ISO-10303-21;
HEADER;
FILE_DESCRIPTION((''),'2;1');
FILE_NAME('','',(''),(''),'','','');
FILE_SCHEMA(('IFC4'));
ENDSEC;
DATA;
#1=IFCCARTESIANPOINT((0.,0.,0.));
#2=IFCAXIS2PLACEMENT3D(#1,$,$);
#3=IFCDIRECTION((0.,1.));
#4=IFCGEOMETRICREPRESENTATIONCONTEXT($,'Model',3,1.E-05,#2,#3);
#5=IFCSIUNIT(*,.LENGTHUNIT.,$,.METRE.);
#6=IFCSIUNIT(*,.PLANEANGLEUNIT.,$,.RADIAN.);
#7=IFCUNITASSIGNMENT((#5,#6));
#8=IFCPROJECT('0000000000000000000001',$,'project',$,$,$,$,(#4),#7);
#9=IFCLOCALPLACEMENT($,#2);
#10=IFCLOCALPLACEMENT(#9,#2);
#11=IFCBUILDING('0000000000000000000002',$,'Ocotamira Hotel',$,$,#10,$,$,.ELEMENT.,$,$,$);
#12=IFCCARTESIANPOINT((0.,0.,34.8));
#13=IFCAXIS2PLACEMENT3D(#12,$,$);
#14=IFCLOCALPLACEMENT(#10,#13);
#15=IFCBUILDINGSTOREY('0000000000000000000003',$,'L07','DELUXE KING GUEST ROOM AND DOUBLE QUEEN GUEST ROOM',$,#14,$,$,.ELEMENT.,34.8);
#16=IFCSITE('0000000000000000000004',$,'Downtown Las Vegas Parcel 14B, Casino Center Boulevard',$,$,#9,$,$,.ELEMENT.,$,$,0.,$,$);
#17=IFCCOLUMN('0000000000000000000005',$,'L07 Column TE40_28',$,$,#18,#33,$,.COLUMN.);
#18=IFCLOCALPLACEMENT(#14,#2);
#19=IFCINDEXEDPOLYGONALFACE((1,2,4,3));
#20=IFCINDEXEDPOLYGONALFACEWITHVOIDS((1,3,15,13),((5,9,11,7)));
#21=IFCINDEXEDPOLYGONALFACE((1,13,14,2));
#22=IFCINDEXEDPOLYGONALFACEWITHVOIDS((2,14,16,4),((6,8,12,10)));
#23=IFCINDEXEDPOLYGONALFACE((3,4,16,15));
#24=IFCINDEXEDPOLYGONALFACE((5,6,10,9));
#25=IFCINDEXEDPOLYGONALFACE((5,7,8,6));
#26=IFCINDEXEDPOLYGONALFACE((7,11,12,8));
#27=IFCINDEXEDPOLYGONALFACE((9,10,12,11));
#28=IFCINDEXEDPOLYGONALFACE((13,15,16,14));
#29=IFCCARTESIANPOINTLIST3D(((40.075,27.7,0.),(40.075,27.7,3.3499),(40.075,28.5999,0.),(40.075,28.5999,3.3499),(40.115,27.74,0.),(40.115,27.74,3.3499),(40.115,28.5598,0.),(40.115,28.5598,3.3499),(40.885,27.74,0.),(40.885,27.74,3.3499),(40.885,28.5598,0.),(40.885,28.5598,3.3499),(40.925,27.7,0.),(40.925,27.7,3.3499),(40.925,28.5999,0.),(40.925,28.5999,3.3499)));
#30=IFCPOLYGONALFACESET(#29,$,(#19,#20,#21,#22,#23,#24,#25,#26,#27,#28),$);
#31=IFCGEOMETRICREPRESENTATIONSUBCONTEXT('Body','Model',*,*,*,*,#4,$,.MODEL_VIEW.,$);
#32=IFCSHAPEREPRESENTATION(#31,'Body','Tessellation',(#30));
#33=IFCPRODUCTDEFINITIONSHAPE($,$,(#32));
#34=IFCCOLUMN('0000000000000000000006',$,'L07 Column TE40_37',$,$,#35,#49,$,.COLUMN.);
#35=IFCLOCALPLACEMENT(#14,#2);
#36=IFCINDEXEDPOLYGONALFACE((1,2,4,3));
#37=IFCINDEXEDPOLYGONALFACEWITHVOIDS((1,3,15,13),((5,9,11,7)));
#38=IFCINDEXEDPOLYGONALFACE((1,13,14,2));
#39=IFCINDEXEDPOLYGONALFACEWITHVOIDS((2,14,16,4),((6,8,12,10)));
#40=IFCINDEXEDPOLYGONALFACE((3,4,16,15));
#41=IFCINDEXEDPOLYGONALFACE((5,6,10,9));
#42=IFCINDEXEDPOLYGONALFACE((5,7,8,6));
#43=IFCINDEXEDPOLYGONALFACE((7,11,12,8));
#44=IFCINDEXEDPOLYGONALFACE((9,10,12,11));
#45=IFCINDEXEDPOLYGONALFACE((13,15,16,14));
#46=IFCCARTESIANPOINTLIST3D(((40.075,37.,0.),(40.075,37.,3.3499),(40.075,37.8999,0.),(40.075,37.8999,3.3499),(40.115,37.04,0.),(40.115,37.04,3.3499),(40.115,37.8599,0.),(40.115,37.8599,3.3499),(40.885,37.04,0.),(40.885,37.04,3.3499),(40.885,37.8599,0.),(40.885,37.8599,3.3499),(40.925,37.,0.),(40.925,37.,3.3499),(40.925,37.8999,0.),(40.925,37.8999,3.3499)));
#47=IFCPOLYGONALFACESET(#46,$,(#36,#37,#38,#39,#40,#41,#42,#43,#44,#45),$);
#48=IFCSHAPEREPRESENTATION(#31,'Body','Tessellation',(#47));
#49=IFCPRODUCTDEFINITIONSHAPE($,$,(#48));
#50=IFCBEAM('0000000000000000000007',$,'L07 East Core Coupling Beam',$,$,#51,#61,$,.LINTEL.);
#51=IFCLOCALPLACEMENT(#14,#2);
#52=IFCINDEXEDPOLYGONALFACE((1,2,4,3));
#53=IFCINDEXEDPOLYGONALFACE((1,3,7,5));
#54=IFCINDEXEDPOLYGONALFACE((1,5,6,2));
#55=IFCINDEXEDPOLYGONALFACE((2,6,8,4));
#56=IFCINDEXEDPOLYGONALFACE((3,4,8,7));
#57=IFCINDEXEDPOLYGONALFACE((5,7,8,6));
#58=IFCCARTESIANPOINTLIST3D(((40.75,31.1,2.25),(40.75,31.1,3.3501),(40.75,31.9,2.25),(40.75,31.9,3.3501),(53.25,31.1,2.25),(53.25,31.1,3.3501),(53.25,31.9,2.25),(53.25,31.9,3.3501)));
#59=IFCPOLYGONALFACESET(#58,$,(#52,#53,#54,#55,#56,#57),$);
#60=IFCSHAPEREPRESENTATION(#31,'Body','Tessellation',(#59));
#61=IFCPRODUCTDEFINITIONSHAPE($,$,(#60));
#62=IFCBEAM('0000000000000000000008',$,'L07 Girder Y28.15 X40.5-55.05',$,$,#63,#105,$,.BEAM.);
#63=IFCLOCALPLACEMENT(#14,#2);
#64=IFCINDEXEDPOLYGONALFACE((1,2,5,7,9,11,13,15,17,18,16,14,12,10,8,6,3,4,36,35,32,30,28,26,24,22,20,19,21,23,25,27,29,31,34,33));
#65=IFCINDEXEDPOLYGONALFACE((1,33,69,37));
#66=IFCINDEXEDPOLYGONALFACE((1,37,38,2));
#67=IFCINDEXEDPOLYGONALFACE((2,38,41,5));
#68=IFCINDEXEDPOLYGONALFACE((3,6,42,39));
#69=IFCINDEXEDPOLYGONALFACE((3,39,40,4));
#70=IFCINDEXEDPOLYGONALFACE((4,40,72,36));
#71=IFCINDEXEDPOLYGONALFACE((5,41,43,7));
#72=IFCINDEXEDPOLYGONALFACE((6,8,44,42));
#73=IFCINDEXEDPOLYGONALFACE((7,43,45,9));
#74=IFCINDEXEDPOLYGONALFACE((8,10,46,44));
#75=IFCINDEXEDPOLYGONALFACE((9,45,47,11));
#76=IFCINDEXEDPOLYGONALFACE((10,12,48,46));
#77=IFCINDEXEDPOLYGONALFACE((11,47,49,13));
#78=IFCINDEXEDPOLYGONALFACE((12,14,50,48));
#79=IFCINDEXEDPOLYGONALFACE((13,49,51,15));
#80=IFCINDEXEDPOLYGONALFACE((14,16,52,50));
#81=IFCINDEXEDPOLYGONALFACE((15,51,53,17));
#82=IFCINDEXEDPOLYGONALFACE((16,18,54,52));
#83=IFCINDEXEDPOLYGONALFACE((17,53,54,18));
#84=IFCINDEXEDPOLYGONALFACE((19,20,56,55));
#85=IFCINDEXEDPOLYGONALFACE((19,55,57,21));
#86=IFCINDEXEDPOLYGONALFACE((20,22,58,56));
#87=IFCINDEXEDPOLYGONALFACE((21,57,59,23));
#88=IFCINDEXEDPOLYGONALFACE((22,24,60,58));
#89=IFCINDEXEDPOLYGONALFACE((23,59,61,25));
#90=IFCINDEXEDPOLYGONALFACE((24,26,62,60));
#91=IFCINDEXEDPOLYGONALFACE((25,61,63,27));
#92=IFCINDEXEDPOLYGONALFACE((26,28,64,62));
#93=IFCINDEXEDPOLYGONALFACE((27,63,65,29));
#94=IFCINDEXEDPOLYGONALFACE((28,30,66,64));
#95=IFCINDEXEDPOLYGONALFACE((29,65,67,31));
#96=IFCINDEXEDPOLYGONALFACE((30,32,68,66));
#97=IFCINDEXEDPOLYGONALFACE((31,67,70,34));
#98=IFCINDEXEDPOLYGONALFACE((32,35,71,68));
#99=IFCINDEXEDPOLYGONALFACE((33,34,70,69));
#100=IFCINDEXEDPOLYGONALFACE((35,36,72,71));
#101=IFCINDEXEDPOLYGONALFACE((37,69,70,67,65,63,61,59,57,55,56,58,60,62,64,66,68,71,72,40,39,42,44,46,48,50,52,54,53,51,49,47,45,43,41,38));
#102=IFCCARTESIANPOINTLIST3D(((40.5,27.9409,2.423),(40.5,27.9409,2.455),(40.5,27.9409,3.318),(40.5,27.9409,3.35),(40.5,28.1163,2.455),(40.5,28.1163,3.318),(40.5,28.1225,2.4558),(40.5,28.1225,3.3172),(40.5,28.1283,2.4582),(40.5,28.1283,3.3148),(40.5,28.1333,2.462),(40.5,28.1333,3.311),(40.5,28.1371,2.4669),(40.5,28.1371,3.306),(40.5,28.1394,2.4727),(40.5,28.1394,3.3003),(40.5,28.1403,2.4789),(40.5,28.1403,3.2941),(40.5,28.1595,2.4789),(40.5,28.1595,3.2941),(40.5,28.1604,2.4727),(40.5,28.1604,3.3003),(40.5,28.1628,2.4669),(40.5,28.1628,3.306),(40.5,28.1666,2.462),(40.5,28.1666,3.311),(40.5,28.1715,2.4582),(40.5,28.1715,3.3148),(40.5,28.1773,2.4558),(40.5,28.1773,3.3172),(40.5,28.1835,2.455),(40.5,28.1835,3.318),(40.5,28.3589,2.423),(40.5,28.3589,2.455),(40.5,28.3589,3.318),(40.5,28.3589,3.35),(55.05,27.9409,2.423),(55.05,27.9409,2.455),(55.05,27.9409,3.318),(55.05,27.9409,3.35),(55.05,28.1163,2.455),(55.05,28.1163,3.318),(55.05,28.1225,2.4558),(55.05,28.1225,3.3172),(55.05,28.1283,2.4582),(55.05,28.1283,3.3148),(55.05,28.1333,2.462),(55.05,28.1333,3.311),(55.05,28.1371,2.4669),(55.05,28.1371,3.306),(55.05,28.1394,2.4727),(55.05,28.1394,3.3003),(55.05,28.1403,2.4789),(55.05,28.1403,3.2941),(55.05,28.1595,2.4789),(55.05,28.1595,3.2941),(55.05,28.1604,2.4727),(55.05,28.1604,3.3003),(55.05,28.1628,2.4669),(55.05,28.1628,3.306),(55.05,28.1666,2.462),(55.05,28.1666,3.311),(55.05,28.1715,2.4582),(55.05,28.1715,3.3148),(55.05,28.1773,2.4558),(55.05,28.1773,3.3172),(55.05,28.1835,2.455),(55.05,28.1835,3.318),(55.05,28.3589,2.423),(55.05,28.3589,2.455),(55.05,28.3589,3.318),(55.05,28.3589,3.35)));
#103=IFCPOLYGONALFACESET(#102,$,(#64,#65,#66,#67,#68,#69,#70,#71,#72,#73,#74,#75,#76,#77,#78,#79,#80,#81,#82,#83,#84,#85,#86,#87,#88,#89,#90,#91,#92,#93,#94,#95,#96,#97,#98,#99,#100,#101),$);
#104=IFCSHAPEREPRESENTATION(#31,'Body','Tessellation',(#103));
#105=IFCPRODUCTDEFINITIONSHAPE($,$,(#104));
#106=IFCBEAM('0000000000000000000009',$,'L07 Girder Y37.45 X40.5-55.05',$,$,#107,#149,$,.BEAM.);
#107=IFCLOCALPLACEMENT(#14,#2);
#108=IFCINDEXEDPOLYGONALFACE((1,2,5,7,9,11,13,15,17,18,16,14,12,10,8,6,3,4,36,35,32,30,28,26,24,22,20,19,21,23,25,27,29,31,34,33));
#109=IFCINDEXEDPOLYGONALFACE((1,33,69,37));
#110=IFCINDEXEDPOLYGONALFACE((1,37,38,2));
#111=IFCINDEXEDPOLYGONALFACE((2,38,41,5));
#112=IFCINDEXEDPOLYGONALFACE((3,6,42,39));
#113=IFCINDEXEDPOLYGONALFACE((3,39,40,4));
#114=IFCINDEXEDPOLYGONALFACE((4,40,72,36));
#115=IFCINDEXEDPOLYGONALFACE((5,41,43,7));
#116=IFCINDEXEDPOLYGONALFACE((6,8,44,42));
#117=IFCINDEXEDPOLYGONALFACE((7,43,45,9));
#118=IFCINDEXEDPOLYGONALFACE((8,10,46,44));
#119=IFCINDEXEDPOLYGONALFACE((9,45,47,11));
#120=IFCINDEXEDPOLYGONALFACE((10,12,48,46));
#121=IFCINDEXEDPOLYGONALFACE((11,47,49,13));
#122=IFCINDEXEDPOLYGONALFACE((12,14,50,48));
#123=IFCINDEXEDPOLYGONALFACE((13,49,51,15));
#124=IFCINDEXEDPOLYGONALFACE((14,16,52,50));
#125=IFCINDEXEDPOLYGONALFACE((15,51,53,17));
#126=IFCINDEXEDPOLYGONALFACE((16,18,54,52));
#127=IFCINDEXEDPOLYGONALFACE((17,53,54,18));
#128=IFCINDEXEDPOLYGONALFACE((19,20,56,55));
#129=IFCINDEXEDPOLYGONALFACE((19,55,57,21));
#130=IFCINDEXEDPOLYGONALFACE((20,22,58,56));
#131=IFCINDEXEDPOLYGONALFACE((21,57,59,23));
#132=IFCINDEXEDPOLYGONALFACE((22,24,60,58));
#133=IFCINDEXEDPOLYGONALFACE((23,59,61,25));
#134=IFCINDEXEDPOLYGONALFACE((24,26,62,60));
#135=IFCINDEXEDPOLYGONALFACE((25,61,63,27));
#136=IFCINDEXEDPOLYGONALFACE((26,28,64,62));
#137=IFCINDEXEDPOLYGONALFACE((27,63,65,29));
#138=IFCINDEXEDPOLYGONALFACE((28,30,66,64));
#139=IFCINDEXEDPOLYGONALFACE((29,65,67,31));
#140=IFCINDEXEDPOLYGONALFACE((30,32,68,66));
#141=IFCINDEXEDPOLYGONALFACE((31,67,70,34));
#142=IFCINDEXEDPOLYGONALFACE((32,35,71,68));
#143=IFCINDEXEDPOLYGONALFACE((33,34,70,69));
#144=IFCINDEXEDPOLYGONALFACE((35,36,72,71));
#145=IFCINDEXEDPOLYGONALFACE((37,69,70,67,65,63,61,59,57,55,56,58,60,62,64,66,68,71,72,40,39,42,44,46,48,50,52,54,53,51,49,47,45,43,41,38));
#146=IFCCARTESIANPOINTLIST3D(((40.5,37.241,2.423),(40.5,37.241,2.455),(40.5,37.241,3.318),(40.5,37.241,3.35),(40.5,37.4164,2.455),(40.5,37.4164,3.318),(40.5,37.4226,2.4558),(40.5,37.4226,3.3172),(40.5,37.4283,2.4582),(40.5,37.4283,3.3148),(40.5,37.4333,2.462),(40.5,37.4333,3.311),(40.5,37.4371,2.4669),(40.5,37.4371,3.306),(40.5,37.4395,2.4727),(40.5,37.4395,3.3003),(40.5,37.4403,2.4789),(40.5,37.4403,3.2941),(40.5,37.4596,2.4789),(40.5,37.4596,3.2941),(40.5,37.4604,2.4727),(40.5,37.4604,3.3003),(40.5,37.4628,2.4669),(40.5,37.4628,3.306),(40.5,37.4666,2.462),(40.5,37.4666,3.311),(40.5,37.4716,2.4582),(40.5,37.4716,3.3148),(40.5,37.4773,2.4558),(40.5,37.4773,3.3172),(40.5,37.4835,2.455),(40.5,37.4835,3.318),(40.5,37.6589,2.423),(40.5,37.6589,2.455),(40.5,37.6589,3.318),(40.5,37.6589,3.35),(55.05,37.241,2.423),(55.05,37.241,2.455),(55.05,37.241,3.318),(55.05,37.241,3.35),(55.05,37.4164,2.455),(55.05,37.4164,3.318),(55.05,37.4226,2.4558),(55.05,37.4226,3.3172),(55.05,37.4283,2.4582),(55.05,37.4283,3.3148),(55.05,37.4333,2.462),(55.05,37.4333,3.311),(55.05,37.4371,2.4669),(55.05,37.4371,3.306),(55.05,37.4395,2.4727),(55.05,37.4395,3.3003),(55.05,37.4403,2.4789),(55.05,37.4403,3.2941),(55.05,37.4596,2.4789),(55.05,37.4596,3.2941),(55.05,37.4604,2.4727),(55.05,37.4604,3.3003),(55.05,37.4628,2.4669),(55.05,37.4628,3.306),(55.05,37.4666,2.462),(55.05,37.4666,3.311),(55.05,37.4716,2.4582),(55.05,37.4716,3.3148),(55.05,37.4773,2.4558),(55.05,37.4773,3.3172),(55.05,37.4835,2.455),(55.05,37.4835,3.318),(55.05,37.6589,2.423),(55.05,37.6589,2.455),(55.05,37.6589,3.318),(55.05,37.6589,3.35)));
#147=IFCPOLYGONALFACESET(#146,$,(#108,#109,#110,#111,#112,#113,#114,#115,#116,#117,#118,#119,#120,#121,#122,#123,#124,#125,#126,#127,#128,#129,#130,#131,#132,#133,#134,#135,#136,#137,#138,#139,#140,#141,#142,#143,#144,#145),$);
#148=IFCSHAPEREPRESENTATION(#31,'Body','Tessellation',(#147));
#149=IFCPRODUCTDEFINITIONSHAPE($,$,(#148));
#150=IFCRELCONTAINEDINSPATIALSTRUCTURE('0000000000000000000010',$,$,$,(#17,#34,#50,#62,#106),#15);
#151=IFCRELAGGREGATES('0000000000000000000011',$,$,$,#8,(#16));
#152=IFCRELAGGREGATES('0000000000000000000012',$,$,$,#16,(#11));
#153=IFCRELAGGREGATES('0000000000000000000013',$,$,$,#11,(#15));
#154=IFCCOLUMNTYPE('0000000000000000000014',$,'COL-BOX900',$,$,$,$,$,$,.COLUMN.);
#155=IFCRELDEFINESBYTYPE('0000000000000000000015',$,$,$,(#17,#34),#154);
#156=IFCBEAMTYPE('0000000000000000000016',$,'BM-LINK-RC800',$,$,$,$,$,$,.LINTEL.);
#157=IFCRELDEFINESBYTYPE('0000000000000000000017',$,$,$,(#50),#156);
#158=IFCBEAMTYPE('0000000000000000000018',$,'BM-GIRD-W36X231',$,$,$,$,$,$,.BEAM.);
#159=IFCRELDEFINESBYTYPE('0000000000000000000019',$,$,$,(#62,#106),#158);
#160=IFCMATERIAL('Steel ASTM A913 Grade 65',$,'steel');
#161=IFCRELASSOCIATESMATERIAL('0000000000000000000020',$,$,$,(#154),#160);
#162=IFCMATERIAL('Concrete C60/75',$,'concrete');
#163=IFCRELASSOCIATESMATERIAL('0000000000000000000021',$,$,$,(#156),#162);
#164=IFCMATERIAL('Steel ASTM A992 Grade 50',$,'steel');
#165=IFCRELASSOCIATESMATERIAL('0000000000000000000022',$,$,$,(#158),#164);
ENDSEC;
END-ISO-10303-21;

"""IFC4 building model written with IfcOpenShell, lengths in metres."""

from ifc_helpers import new_model, si_unit, direction, frame, origin, origin_2d, place, context, subcontext, project, spatial, rectangle, hollow_rectangle, i_section, extrude, source, transform, mapped, material, material_profile, profile_set, type_object, element, save


model = new_model("IFC4")

# Units and contexts
model_context = context("Model", 3, precision=1e-05, world=origin(), true_north=direction((0.0, 1.0)))
body_context = subcontext(model_context, "Body", "Model", "MODEL_VIEW")
ifc_project = project(units=[si_unit("LENGTHUNIT", "METRE"), si_unit("PLANEANGLEUNIT", "RADIAN")], contexts=[model_context])

# Site, building, storey
site_placement = place(None, origin())
site = spatial("IfcSite", under=ifc_project, at=site_placement, Name="Downtown Las Vegas Parcel 14B, Casino Center Boulevard", CompositionType="ELEMENT", RefElevation=0.0)
building_placement = place(site_placement, origin())
building = spatial("IfcBuilding", under=site, at=building_placement, Name="Ocotamira Hotel", CompositionType="ELEMENT")
storey_placement = place(building_placement, frame((0.0, 0.0, 34.8)))
storey = spatial("IfcBuildingStorey", under=building, at=storey_placement, Name="L07", Description="DELUXE KING GUEST ROOM AND DOUBLE QUEEN GUEST ROOM", CompositionType="ELEMENT", Elevation=34.8)

# Columns
ifc_material_1 = material(Name="Steel ASTM A913 Grade 65", Category="steel")
ifc_material_profile_1 = material_profile(ifc_material_1, hollow_rectangle(XDim=0.8501, YDim=0.8999, WallThickness=0.04, at=origin_2d()), Name="BOX900X850X40")
ifc_profile_set_1 = profile_set([ifc_material_profile_1], Name="Steel ASTM A913 Grade 65")
column_type = type_object("IfcColumnType", Name="COL-BOX900", PredefinedType="COLUMN", material=ifc_profile_set_1)
shared_shape_1 = source(origin(), body_context, "Body", "SweptSolid", [
    extrude(hollow_rectangle(XDim=0.8501, YDim=0.8999, WallThickness=0.04, at=origin_2d()), origin(), (0.0, 0.0, 1.0), 3.3499),
])
for number, where, z_axis, x_axis, name in (
    (1, (40.5, 28.1499, 0.0), (0.0, 0.0, 1.0), (1.0, 0.0, 0.0), "L07 Column TE40_28"),
    (2, (40.5, 37.45, 0.0), (0.0, 0.0, 1.0), (1.0, 0.0, 0.0), "L07 Column TE40_37"),
):
    element("IfcColumn", number, at=place(storey_placement, frame(where, z_axis=z_axis, x_axis=x_axis)), inside=storey, type_object=column_type, Name=name, PredefinedType="COLUMN", context=body_context, shape_type="MappedRepresentation", body=[
        mapped(shared_shape_1, transform((0.0, 0.0, 0.0), scale=1.0)),
    ])

# Beams
ifc_material_2 = material(Name="Concrete C60/75", Category="concrete")
ifc_material_profile_2 = material_profile(ifc_material_2, rectangle(XDim=0.8, YDim=1.1001, at=origin_2d()), Name="RC800X1100")
ifc_profile_set_2 = profile_set([ifc_material_profile_2], Name="Concrete C60/75")
beam_type_1 = type_object("IfcBeamType", Name="BM-LINK-RC800", PredefinedType="LINTEL", material=ifc_profile_set_2)
shared_shape_2 = source(origin(), body_context, "Body", "SweptSolid", [
    extrude(rectangle(XDim=0.8, YDim=1.1001, at=origin_2d()), origin(), (0.0, 0.0, 1.0), 12.5),
])
beam_1_placement = place(storey_placement, frame((40.75, 31.5, 2.8), z_axis=(1.0, 0.0, 0.0), x_axis=(0.0, 1.0, 0.0)))
element("IfcBeam", 3, at=beam_1_placement, inside=storey, type_object=beam_type_1, Name="L07 East Core Coupling Beam", PredefinedType="LINTEL", context=body_context, shape_type="MappedRepresentation", body=[
    mapped(shared_shape_2, transform((0.0, 0.0, 0.0), scale=1.0)),
])
ifc_material_3 = material(Name="Steel ASTM A992 Grade 50", Category="steel")
ifc_material_profile_3 = material_profile(ifc_material_3, i_section(OverallWidth=0.418, OverallDepth=0.927, WebThickness=0.0193, FlangeThickness=0.032, FilletRadius=0.0239, at=origin_2d()), Name="W36X231")
ifc_profile_set_3 = profile_set([ifc_material_profile_3], Name="Steel ASTM A992 Grade 50")
beam_type_2 = type_object("IfcBeamType", Name="BM-GIRD-W36X231", PredefinedType="BEAM", material=ifc_profile_set_3)
shared_shape_3 = source(origin(), body_context, "Body", "SweptSolid", [
    extrude(i_section(OverallWidth=0.418, OverallDepth=0.927, WebThickness=0.0193, FlangeThickness=0.032, FilletRadius=0.0239, at=origin_2d()), origin(), (0.0, 0.0, 1.0), 14.55),
])
for number, where, z_axis, x_axis, name in (
    (4, (40.5, 28.1499, 2.8865), (1.0, 0.0, 0.0), (0.0, 1.0, 0.0), "L07 Girder Y28.15 X40.5-55.05"),
    (5, (40.5, 37.45, 2.8865), (1.0, 0.0, 0.0), (0.0, 1.0, 0.0), "L07 Girder Y37.45 X40.5-55.05"),
):
    element("IfcBeam", number, at=place(storey_placement, frame(where, z_axis=z_axis, x_axis=x_axis)), inside=storey, type_object=beam_type_2, Name=name, PredefinedType="BEAM", context=body_context, shape_type="MappedRepresentation", body=[
        mapped(shared_shape_3, transform((0.0, 0.0, 0.0), scale=1.0)),
    ])

save(model, "model.ifc")
